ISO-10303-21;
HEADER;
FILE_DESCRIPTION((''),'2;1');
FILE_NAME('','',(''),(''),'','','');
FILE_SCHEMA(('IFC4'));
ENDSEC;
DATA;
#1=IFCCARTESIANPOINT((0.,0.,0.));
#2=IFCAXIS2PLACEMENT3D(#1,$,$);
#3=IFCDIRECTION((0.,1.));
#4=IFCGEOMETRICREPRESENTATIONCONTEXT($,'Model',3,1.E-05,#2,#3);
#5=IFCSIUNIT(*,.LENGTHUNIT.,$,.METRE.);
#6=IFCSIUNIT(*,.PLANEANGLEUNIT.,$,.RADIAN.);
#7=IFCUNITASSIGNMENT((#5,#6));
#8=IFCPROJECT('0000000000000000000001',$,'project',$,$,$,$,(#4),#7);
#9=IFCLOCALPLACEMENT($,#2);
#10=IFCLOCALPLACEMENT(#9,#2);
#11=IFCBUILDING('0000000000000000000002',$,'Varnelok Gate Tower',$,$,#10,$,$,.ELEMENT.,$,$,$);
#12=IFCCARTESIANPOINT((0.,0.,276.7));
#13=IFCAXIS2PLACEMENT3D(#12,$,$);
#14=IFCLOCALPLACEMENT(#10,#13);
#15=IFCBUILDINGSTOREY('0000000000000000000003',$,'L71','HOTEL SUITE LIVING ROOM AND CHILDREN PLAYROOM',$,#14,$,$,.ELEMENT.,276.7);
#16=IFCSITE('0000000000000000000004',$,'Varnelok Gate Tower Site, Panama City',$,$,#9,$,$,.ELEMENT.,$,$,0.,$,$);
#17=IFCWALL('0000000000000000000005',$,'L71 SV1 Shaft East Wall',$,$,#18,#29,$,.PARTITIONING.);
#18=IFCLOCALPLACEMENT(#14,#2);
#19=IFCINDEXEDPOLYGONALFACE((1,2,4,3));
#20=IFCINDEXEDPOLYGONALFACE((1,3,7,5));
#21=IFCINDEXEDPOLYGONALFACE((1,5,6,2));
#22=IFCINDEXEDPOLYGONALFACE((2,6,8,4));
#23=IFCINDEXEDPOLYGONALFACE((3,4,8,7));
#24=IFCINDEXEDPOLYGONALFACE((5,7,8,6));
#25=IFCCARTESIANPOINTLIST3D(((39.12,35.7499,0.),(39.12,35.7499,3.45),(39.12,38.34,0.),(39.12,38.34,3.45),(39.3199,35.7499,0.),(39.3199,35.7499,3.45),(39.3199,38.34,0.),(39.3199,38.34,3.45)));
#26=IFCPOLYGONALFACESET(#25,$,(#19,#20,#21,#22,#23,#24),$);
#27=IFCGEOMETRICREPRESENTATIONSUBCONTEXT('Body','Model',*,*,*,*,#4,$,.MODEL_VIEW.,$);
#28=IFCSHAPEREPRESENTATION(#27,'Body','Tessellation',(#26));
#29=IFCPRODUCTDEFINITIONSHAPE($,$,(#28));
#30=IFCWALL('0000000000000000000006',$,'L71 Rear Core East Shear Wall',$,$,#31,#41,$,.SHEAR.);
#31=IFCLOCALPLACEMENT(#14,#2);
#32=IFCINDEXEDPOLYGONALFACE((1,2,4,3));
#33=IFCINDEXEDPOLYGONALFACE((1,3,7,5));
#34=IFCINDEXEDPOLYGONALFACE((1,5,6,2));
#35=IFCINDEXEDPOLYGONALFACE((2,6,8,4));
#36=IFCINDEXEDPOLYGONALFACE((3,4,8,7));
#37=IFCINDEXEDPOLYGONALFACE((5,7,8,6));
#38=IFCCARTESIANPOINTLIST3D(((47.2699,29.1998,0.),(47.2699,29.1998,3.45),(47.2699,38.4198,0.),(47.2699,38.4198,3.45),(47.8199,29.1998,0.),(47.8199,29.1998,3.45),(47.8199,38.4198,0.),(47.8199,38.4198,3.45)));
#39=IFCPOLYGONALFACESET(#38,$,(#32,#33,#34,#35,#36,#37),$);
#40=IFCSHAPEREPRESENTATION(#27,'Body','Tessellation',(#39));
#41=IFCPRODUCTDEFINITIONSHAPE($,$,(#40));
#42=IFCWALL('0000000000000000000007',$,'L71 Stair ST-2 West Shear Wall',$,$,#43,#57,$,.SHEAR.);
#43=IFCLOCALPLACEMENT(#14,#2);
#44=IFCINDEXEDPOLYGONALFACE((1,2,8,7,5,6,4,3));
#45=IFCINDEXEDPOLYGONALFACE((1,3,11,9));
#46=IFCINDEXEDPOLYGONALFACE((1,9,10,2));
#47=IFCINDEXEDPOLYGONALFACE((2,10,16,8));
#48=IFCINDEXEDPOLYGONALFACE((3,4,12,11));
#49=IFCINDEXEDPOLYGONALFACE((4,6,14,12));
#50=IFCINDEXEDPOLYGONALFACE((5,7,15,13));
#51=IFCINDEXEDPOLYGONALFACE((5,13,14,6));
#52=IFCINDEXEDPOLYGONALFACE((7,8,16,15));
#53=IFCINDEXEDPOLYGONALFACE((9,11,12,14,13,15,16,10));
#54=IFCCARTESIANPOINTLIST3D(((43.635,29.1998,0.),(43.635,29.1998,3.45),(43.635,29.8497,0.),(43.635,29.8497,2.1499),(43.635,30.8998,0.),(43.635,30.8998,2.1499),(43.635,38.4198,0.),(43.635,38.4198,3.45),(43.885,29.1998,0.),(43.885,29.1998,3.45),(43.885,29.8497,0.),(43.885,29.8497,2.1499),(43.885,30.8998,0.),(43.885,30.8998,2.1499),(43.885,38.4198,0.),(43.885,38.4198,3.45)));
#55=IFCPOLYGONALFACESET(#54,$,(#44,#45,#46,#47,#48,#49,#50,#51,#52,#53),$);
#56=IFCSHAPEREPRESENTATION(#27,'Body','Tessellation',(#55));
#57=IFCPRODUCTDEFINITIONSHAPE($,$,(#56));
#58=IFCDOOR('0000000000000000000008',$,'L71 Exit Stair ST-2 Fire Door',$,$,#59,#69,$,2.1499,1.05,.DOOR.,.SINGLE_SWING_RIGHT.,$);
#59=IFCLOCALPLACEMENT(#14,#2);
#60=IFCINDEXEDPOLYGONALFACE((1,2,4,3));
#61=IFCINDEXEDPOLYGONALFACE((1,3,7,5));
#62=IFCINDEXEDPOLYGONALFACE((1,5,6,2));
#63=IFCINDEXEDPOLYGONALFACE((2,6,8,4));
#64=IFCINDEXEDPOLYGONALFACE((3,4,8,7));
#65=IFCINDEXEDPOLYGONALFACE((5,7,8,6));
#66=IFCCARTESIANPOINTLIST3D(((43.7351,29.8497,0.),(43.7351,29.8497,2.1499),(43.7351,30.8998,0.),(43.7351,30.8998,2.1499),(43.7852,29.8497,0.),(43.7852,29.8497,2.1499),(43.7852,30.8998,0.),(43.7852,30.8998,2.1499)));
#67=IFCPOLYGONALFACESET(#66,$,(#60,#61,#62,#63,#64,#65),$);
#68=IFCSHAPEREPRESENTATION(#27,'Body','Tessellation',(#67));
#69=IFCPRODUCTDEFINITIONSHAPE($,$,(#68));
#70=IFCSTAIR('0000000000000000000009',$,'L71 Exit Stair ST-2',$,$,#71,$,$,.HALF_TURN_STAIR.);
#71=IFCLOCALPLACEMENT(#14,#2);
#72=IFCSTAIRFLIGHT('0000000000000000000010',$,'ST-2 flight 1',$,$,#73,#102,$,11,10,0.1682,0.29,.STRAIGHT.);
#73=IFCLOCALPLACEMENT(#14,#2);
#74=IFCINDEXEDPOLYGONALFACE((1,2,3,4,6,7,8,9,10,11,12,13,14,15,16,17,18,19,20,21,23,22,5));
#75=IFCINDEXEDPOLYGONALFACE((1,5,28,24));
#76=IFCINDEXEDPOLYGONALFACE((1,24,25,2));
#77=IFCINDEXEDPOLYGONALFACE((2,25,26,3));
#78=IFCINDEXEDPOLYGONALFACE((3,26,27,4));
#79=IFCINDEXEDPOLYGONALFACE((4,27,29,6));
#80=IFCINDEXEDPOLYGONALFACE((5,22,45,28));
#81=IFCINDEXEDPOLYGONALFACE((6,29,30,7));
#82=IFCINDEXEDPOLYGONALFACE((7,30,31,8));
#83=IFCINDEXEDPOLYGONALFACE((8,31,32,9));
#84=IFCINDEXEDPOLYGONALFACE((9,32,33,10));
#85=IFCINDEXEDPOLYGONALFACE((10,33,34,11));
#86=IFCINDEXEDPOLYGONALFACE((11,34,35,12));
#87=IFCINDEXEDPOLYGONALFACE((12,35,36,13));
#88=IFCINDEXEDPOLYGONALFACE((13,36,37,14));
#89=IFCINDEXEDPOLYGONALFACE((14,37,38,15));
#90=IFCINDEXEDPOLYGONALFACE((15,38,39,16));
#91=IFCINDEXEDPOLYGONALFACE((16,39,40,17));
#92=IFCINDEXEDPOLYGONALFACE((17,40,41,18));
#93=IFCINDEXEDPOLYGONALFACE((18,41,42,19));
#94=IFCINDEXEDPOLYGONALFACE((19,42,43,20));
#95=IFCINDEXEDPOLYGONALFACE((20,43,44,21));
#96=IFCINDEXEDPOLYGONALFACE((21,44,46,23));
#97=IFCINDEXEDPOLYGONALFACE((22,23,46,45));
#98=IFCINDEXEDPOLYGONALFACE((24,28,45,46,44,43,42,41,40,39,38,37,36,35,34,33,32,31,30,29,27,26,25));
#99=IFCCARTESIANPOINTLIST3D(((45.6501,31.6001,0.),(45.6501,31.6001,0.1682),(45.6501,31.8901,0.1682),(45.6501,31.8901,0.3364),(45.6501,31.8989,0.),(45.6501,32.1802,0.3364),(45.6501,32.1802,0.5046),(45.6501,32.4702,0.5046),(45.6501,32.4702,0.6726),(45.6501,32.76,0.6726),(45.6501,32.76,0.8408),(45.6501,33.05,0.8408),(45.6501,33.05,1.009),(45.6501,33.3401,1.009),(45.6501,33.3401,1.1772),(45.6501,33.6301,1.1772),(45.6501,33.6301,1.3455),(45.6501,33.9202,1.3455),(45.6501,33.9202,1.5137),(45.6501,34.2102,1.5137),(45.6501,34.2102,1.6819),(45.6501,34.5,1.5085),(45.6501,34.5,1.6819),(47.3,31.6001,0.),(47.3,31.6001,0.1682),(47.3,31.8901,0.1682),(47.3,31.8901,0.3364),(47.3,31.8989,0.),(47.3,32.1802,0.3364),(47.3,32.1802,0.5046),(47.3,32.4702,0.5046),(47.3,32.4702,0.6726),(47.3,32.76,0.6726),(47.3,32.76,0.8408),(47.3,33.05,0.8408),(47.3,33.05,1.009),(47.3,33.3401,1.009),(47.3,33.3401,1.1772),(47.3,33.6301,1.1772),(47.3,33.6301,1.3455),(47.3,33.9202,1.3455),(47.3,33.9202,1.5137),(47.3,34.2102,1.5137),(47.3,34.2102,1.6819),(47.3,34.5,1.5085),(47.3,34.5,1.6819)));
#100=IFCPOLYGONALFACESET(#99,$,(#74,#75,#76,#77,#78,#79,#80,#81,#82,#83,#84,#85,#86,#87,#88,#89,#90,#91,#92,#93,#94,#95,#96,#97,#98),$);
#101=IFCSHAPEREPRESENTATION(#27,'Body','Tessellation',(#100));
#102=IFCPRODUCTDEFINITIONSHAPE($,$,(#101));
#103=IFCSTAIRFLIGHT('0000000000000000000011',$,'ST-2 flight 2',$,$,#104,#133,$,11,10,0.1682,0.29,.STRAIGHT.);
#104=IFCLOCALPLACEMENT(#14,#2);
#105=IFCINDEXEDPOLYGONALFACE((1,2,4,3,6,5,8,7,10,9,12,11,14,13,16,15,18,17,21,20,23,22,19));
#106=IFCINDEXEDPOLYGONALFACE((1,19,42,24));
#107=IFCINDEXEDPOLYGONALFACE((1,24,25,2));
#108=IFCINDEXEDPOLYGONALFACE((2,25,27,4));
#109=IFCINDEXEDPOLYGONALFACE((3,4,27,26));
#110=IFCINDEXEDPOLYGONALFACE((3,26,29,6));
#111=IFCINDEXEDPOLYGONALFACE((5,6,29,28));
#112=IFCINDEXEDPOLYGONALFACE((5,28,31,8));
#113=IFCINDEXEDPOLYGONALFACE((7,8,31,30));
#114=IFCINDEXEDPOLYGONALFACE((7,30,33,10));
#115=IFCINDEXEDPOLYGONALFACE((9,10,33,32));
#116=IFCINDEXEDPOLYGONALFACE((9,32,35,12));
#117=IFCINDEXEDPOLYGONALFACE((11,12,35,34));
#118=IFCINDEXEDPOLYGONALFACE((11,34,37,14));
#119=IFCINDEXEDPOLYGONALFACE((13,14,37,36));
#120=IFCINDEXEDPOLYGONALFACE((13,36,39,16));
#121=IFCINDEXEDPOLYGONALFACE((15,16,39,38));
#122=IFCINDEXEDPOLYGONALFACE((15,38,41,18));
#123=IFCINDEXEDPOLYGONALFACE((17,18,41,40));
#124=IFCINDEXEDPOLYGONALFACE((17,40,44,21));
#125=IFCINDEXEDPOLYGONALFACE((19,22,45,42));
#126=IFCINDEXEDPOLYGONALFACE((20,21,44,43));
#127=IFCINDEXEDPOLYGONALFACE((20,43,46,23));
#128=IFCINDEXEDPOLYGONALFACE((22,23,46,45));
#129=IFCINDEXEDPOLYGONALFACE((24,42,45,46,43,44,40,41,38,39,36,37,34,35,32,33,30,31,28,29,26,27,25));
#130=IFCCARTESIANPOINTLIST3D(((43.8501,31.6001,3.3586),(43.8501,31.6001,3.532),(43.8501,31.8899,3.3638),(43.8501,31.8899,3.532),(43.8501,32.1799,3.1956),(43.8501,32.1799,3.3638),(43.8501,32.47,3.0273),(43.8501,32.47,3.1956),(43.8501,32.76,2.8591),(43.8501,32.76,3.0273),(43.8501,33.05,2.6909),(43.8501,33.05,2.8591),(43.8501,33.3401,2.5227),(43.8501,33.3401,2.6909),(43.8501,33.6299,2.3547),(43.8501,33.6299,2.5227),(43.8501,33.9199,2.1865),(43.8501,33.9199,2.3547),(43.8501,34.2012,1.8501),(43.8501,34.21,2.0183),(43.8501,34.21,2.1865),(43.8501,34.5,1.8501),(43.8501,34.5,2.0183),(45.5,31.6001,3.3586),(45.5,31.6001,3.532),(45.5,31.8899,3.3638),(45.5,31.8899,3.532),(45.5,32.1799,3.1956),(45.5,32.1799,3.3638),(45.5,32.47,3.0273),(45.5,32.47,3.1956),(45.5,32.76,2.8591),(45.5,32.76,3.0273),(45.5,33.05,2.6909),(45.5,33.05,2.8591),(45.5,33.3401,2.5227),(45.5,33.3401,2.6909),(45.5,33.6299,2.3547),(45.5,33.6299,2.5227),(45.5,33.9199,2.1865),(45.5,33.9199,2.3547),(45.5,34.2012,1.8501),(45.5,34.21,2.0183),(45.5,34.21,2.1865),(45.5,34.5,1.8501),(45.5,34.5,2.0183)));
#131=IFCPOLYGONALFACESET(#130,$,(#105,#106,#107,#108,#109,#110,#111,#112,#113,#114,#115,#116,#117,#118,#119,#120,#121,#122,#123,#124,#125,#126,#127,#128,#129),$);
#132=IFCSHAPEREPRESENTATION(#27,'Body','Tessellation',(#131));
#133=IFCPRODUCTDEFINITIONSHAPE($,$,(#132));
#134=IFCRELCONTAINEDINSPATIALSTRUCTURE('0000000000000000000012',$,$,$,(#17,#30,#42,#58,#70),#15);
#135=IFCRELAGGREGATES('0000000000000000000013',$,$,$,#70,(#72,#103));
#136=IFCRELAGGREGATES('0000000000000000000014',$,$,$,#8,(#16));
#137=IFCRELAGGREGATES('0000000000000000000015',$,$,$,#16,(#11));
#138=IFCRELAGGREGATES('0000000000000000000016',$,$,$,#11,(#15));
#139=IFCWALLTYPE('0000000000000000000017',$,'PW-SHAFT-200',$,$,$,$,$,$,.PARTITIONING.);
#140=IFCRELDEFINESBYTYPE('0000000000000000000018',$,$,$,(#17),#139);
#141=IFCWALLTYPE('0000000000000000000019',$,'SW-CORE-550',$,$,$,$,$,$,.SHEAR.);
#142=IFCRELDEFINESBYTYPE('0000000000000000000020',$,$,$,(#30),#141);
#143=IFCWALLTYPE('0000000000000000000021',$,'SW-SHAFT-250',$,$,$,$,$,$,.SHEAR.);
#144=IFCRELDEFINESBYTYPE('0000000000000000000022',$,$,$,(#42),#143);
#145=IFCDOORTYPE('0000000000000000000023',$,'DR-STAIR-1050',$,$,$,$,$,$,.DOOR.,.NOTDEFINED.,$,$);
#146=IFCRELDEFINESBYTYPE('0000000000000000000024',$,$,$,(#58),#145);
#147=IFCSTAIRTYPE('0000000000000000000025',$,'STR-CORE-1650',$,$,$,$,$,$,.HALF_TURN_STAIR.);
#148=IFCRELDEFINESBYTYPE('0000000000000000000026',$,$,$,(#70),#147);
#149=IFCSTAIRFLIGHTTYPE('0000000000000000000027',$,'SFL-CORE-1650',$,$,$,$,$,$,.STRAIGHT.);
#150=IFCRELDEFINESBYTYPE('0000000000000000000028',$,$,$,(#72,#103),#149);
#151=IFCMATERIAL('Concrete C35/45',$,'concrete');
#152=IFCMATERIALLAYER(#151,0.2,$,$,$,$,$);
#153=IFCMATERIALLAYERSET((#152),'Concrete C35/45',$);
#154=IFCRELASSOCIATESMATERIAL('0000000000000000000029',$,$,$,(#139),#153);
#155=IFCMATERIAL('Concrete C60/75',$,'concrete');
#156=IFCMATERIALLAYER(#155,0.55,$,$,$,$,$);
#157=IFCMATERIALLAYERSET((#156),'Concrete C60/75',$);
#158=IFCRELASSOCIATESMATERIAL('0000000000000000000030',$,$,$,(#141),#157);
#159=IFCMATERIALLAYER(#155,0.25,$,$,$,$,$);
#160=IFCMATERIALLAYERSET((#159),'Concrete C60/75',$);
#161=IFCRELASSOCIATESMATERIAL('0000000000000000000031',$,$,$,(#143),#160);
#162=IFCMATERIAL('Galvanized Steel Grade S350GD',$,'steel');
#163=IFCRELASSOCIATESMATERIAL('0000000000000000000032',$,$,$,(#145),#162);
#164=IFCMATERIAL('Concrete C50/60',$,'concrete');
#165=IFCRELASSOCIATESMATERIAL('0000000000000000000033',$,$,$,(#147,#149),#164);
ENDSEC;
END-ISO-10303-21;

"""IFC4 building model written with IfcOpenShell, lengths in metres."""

from ifc_helpers import new_model, si_unit, direction, frame, frame_2d, origin, place, context, subcontext, project, spatial, polyline, rectangle, outline, extrude, material, layer, layer_set, type_object, element, fill, aggregate, save


model = new_model("IFC4")

# Units and contexts
model_context = context("Model", 3, precision=1e-05, world=origin(), true_north=direction((0.0, 1.0)))
body_context = subcontext(model_context, "Body", "Model", "MODEL_VIEW")
ifc_project = project(units=[si_unit("LENGTHUNIT", "METRE"), si_unit("PLANEANGLEUNIT", "RADIAN")], contexts=[model_context])

# Site, building, storey
site_placement = place(None, origin())
site = spatial("IfcSite", under=ifc_project, at=site_placement, Name="Varnelok Gate Tower Site, Panama City", CompositionType="ELEMENT", RefElevation=0.0)
building_placement = place(site_placement, origin())
building = spatial("IfcBuilding", under=site, at=building_placement, Name="Varnelok Gate Tower", CompositionType="ELEMENT")
storey_placement = place(building_placement, frame((0.0, 0.0, 276.7)))
storey = spatial("IfcBuildingStorey", under=building, at=storey_placement, Name="L71", Description="HOTEL SUITE LIVING ROOM AND CHILDREN PLAYROOM", CompositionType="ELEMENT", Elevation=276.7)

# Shared definitions
ifc_material_1 = material(Name="Concrete C50/60", Category="concrete")

# Shared definitions
ifc_material_2 = material(Name="Galvanized Steel Grade S350GD", Category="steel")

# Shared definitions
ifc_material_3 = material(Name="Concrete C35/45", Category="concrete")
ifc_layer_1 = layer(ifc_material_3, 0.2)
ifc_layer_set_1 = layer_set([ifc_layer_1], Name="Concrete C35/45")
wall_type_1 = type_object("IfcWallType", Name="PW-SHAFT-200", PredefinedType="PARTITIONING", material=ifc_layer_set_1)

# Walls
wall_1_placement = place(storey_placement, frame((39.22, 35.75, 0.0), z_axis=(0.0, 0.0, 1.0), x_axis=(0.0, 1.0, 0.0)))
element("IfcWall", 1, at=wall_1_placement, inside=storey, type_object=wall_type_1, Name="L71 SV1 Shaft East Wall", PredefinedType="PARTITIONING", context=body_context, shape_type="SweptSolid", body=[
    extrude(rectangle(XDim=2.5901, YDim=0.2, at=frame_2d((1.2949, 0.0))), origin(), (0.0, 0.0, 1.0), 3.45),
])
ifc_material_4 = material(Name="Concrete C60/75", Category="concrete")
ifc_layer_2 = layer(ifc_material_4, 0.55)
ifc_layer_set_2 = layer_set([ifc_layer_2], Name="Concrete C60/75")
wall_type_2 = type_object("IfcWallType", Name="SW-CORE-550", PredefinedType="SHEAR", material=ifc_layer_set_2)
wall_2_placement = place(storey_placement, frame((47.5449, 29.2, 0.0), z_axis=(0.0, 0.0, 1.0), x_axis=(0.0, 1.0, 0.0)))
element("IfcWall", 2, at=wall_2_placement, inside=storey, type_object=wall_type_2, Name="L71 Rear Core East Shear Wall", PredefinedType="SHEAR", context=body_context, shape_type="SweptSolid", body=[
    extrude(rectangle(XDim=9.22, YDim=0.55, at=frame_2d((4.6099, 0.0))), origin(), (0.0, 0.0, 1.0), 3.45),
])

# Wall, opening, door
ifc_layer_3 = layer(ifc_material_4, 0.25)
ifc_layer_set_3 = layer_set([ifc_layer_3], Name="Concrete C60/75")
wall_type_3 = type_object("IfcWallType", Name="SW-SHAFT-250", PredefinedType="SHEAR", material=ifc_layer_set_3)
wall_3_placement = place(storey_placement, frame((43.76, 29.2, 0.0), z_axis=(0.0, 0.0, 1.0), x_axis=(0.0, 1.0, 0.0)))
wall_3 = element("IfcWall", 3, at=wall_3_placement, inside=storey, type_object=wall_type_3, Name="L71 Stair ST-2 West Shear Wall", PredefinedType="SHEAR", context=body_context, shape_type="SweptSolid", body=[
    extrude(rectangle(XDim=9.22, YDim=0.25, at=frame_2d((4.6099, 0.0))), origin(), (0.0, 0.0, 1.0), 3.45),
])
opening_1_placement = place(wall_3_placement, frame((0.6499, 0.0, 0.0)))
opening_1 = element("IfcOpeningElement", 4, at=opening_1_placement, cuts=wall_3, PredefinedType="OPENING", context=body_context, shape_type="SweptSolid", body=[
    extrude(rectangle(XDim=1.05, YDim=2.1499, at=frame_2d((0.5249, 1.075))), frame((0.0, 0.135, 0.0), z_axis=(0.0, -1.0, 0.0), x_axis=(1.0, 0.0, 0.0)), (0.0, 0.0, 1.0), 0.27),
])
door_type_1 = type_object("IfcDoorType", Name="DR-STAIR-1050", OperationType="NOTDEFINED", PredefinedType="DOOR", material=ifc_material_2)
door_1_placement = place(opening_1_placement, origin())
door_1 = element("IfcDoor", 5, at=door_1_placement, inside=storey, type_object=door_type_1, Name="L71 Exit Stair ST-2 Fire Door", OperationType="SINGLE_SWING_RIGHT", OverallHeight=2.1499, OverallWidth=1.05, PredefinedType="DOOR", context=body_context, shape_type="SweptSolid", body=[
    extrude(rectangle(XDim=1.05, YDim=2.1499, at=frame_2d((0.5249, 1.075))), frame((0.0, 0.0249, 0.0), z_axis=(0.0, -1.0, 0.0), x_axis=(1.0, 0.0, 0.0)), (0.0, 0.0, 1.0), 0.05),
])
fill(opening_1, door_1)

# Stair, stair flights
stair_type = type_object("IfcStairType", Name="STR-CORE-1650", PredefinedType="HALF_TURN_STAIR", material=ifc_material_1)
stair_placement = place(storey_placement, origin())
stair = element("IfcStair", 6, at=stair_placement, inside=storey, type_object=stair_type, Name="L71 Exit Stair ST-2", PredefinedType="HALF_TURN_STAIR")
stair_flight_type = type_object("IfcStairFlightType", Name="SFL-CORE-1650", PredefinedType="STRAIGHT", material=ifc_material_1)
stair_flight_1_placement = place(storey_placement, frame((46.4751, 31.6001, 0.0), z_axis=(0.0, 0.0, 1.0), x_axis=(0.0, 1.0, 0.0)))
stair_flight_1 = element("IfcStairFlight", 7, at=stair_flight_1_placement, type_object=stair_flight_type, Name="ST-2 flight 1", NumberOfRisers=11, NumberOfTreads=10, PredefinedType="STRAIGHT", RiserHeight=0.1682, TreadLength=0.29, context=body_context, shape_type="SweptSolid", body=[
    extrude(outline(polyline([(0.0, 0.0), (0.0, 0.1682), (0.29, 0.1682), (0.29, 0.3364), (0.5801, 0.3364), (0.5801, 0.5046), (0.8701, 0.5046), (0.8701, 0.6726), (1.1599, 0.6726), (1.1599, 0.8408), (1.45, 0.8408), (1.45, 1.009), (1.74, 1.009), (1.74, 1.1772), (2.03, 1.1772), (2.03, 1.3455), (2.3201, 1.3455), (2.3201, 1.5137), (2.6101, 1.5137), (2.6101, 1.6819), (2.8999, 1.6819), (2.8999, 1.8501), (2.8999, 1.5085), (0.2988, 0.0), (0.0, 0.0)])), frame((0.0, 0.825, 0.0), z_axis=(0.0, -1.0, 0.0), x_axis=(1.0, 0.0, 0.0)), (0.0, 0.0, 1.0), 1.6499),
])
stair_flight_2_placement = place(storey_placement, frame((44.675, 34.5, 1.8501), z_axis=(0.0, 0.0, 1.0), x_axis=(0.0, -1.0, 0.0)))
stair_flight_2 = element("IfcStairFlight", 8, at=stair_flight_2_placement, type_object=stair_flight_type, Name="ST-2 flight 2", NumberOfRisers=11, NumberOfTreads=10, PredefinedType="STRAIGHT", RiserHeight=0.1682, TreadLength=0.29, context=body_context, shape_type="SweptSolid", body=[
    extrude(outline(polyline([(0.0, 0.0), (0.0, 0.1682), (0.29, 0.1682), (0.29, 0.3364), (0.5801, 0.3364), (0.5801, 0.5046), (0.8701, 0.5046), (0.8701, 0.6726), (1.1599, 0.6726), (1.1599, 0.8408), (1.45, 0.8408), (1.45, 1.009), (1.74, 1.009), (1.74, 1.1772), (2.03, 1.1772), (2.03, 1.3455), (2.3201, 1.3455), (2.3201, 1.5137), (2.6101, 1.5137), (2.6101, 1.6819), (2.8999, 1.6819), (2.8999, 1.8501), (2.8999, 1.5085), (0.2988, 0.0), (0.0, 0.0)])), frame((0.0, 0.825, 0.0), z_axis=(0.0, -1.0, 0.0), x_axis=(1.0, 0.0, 0.0)), (0.0, 0.0, 1.0), 1.6499),
])
aggregate(stair, [stair_flight_1, stair_flight_2])

save(model, "model.ifc")
